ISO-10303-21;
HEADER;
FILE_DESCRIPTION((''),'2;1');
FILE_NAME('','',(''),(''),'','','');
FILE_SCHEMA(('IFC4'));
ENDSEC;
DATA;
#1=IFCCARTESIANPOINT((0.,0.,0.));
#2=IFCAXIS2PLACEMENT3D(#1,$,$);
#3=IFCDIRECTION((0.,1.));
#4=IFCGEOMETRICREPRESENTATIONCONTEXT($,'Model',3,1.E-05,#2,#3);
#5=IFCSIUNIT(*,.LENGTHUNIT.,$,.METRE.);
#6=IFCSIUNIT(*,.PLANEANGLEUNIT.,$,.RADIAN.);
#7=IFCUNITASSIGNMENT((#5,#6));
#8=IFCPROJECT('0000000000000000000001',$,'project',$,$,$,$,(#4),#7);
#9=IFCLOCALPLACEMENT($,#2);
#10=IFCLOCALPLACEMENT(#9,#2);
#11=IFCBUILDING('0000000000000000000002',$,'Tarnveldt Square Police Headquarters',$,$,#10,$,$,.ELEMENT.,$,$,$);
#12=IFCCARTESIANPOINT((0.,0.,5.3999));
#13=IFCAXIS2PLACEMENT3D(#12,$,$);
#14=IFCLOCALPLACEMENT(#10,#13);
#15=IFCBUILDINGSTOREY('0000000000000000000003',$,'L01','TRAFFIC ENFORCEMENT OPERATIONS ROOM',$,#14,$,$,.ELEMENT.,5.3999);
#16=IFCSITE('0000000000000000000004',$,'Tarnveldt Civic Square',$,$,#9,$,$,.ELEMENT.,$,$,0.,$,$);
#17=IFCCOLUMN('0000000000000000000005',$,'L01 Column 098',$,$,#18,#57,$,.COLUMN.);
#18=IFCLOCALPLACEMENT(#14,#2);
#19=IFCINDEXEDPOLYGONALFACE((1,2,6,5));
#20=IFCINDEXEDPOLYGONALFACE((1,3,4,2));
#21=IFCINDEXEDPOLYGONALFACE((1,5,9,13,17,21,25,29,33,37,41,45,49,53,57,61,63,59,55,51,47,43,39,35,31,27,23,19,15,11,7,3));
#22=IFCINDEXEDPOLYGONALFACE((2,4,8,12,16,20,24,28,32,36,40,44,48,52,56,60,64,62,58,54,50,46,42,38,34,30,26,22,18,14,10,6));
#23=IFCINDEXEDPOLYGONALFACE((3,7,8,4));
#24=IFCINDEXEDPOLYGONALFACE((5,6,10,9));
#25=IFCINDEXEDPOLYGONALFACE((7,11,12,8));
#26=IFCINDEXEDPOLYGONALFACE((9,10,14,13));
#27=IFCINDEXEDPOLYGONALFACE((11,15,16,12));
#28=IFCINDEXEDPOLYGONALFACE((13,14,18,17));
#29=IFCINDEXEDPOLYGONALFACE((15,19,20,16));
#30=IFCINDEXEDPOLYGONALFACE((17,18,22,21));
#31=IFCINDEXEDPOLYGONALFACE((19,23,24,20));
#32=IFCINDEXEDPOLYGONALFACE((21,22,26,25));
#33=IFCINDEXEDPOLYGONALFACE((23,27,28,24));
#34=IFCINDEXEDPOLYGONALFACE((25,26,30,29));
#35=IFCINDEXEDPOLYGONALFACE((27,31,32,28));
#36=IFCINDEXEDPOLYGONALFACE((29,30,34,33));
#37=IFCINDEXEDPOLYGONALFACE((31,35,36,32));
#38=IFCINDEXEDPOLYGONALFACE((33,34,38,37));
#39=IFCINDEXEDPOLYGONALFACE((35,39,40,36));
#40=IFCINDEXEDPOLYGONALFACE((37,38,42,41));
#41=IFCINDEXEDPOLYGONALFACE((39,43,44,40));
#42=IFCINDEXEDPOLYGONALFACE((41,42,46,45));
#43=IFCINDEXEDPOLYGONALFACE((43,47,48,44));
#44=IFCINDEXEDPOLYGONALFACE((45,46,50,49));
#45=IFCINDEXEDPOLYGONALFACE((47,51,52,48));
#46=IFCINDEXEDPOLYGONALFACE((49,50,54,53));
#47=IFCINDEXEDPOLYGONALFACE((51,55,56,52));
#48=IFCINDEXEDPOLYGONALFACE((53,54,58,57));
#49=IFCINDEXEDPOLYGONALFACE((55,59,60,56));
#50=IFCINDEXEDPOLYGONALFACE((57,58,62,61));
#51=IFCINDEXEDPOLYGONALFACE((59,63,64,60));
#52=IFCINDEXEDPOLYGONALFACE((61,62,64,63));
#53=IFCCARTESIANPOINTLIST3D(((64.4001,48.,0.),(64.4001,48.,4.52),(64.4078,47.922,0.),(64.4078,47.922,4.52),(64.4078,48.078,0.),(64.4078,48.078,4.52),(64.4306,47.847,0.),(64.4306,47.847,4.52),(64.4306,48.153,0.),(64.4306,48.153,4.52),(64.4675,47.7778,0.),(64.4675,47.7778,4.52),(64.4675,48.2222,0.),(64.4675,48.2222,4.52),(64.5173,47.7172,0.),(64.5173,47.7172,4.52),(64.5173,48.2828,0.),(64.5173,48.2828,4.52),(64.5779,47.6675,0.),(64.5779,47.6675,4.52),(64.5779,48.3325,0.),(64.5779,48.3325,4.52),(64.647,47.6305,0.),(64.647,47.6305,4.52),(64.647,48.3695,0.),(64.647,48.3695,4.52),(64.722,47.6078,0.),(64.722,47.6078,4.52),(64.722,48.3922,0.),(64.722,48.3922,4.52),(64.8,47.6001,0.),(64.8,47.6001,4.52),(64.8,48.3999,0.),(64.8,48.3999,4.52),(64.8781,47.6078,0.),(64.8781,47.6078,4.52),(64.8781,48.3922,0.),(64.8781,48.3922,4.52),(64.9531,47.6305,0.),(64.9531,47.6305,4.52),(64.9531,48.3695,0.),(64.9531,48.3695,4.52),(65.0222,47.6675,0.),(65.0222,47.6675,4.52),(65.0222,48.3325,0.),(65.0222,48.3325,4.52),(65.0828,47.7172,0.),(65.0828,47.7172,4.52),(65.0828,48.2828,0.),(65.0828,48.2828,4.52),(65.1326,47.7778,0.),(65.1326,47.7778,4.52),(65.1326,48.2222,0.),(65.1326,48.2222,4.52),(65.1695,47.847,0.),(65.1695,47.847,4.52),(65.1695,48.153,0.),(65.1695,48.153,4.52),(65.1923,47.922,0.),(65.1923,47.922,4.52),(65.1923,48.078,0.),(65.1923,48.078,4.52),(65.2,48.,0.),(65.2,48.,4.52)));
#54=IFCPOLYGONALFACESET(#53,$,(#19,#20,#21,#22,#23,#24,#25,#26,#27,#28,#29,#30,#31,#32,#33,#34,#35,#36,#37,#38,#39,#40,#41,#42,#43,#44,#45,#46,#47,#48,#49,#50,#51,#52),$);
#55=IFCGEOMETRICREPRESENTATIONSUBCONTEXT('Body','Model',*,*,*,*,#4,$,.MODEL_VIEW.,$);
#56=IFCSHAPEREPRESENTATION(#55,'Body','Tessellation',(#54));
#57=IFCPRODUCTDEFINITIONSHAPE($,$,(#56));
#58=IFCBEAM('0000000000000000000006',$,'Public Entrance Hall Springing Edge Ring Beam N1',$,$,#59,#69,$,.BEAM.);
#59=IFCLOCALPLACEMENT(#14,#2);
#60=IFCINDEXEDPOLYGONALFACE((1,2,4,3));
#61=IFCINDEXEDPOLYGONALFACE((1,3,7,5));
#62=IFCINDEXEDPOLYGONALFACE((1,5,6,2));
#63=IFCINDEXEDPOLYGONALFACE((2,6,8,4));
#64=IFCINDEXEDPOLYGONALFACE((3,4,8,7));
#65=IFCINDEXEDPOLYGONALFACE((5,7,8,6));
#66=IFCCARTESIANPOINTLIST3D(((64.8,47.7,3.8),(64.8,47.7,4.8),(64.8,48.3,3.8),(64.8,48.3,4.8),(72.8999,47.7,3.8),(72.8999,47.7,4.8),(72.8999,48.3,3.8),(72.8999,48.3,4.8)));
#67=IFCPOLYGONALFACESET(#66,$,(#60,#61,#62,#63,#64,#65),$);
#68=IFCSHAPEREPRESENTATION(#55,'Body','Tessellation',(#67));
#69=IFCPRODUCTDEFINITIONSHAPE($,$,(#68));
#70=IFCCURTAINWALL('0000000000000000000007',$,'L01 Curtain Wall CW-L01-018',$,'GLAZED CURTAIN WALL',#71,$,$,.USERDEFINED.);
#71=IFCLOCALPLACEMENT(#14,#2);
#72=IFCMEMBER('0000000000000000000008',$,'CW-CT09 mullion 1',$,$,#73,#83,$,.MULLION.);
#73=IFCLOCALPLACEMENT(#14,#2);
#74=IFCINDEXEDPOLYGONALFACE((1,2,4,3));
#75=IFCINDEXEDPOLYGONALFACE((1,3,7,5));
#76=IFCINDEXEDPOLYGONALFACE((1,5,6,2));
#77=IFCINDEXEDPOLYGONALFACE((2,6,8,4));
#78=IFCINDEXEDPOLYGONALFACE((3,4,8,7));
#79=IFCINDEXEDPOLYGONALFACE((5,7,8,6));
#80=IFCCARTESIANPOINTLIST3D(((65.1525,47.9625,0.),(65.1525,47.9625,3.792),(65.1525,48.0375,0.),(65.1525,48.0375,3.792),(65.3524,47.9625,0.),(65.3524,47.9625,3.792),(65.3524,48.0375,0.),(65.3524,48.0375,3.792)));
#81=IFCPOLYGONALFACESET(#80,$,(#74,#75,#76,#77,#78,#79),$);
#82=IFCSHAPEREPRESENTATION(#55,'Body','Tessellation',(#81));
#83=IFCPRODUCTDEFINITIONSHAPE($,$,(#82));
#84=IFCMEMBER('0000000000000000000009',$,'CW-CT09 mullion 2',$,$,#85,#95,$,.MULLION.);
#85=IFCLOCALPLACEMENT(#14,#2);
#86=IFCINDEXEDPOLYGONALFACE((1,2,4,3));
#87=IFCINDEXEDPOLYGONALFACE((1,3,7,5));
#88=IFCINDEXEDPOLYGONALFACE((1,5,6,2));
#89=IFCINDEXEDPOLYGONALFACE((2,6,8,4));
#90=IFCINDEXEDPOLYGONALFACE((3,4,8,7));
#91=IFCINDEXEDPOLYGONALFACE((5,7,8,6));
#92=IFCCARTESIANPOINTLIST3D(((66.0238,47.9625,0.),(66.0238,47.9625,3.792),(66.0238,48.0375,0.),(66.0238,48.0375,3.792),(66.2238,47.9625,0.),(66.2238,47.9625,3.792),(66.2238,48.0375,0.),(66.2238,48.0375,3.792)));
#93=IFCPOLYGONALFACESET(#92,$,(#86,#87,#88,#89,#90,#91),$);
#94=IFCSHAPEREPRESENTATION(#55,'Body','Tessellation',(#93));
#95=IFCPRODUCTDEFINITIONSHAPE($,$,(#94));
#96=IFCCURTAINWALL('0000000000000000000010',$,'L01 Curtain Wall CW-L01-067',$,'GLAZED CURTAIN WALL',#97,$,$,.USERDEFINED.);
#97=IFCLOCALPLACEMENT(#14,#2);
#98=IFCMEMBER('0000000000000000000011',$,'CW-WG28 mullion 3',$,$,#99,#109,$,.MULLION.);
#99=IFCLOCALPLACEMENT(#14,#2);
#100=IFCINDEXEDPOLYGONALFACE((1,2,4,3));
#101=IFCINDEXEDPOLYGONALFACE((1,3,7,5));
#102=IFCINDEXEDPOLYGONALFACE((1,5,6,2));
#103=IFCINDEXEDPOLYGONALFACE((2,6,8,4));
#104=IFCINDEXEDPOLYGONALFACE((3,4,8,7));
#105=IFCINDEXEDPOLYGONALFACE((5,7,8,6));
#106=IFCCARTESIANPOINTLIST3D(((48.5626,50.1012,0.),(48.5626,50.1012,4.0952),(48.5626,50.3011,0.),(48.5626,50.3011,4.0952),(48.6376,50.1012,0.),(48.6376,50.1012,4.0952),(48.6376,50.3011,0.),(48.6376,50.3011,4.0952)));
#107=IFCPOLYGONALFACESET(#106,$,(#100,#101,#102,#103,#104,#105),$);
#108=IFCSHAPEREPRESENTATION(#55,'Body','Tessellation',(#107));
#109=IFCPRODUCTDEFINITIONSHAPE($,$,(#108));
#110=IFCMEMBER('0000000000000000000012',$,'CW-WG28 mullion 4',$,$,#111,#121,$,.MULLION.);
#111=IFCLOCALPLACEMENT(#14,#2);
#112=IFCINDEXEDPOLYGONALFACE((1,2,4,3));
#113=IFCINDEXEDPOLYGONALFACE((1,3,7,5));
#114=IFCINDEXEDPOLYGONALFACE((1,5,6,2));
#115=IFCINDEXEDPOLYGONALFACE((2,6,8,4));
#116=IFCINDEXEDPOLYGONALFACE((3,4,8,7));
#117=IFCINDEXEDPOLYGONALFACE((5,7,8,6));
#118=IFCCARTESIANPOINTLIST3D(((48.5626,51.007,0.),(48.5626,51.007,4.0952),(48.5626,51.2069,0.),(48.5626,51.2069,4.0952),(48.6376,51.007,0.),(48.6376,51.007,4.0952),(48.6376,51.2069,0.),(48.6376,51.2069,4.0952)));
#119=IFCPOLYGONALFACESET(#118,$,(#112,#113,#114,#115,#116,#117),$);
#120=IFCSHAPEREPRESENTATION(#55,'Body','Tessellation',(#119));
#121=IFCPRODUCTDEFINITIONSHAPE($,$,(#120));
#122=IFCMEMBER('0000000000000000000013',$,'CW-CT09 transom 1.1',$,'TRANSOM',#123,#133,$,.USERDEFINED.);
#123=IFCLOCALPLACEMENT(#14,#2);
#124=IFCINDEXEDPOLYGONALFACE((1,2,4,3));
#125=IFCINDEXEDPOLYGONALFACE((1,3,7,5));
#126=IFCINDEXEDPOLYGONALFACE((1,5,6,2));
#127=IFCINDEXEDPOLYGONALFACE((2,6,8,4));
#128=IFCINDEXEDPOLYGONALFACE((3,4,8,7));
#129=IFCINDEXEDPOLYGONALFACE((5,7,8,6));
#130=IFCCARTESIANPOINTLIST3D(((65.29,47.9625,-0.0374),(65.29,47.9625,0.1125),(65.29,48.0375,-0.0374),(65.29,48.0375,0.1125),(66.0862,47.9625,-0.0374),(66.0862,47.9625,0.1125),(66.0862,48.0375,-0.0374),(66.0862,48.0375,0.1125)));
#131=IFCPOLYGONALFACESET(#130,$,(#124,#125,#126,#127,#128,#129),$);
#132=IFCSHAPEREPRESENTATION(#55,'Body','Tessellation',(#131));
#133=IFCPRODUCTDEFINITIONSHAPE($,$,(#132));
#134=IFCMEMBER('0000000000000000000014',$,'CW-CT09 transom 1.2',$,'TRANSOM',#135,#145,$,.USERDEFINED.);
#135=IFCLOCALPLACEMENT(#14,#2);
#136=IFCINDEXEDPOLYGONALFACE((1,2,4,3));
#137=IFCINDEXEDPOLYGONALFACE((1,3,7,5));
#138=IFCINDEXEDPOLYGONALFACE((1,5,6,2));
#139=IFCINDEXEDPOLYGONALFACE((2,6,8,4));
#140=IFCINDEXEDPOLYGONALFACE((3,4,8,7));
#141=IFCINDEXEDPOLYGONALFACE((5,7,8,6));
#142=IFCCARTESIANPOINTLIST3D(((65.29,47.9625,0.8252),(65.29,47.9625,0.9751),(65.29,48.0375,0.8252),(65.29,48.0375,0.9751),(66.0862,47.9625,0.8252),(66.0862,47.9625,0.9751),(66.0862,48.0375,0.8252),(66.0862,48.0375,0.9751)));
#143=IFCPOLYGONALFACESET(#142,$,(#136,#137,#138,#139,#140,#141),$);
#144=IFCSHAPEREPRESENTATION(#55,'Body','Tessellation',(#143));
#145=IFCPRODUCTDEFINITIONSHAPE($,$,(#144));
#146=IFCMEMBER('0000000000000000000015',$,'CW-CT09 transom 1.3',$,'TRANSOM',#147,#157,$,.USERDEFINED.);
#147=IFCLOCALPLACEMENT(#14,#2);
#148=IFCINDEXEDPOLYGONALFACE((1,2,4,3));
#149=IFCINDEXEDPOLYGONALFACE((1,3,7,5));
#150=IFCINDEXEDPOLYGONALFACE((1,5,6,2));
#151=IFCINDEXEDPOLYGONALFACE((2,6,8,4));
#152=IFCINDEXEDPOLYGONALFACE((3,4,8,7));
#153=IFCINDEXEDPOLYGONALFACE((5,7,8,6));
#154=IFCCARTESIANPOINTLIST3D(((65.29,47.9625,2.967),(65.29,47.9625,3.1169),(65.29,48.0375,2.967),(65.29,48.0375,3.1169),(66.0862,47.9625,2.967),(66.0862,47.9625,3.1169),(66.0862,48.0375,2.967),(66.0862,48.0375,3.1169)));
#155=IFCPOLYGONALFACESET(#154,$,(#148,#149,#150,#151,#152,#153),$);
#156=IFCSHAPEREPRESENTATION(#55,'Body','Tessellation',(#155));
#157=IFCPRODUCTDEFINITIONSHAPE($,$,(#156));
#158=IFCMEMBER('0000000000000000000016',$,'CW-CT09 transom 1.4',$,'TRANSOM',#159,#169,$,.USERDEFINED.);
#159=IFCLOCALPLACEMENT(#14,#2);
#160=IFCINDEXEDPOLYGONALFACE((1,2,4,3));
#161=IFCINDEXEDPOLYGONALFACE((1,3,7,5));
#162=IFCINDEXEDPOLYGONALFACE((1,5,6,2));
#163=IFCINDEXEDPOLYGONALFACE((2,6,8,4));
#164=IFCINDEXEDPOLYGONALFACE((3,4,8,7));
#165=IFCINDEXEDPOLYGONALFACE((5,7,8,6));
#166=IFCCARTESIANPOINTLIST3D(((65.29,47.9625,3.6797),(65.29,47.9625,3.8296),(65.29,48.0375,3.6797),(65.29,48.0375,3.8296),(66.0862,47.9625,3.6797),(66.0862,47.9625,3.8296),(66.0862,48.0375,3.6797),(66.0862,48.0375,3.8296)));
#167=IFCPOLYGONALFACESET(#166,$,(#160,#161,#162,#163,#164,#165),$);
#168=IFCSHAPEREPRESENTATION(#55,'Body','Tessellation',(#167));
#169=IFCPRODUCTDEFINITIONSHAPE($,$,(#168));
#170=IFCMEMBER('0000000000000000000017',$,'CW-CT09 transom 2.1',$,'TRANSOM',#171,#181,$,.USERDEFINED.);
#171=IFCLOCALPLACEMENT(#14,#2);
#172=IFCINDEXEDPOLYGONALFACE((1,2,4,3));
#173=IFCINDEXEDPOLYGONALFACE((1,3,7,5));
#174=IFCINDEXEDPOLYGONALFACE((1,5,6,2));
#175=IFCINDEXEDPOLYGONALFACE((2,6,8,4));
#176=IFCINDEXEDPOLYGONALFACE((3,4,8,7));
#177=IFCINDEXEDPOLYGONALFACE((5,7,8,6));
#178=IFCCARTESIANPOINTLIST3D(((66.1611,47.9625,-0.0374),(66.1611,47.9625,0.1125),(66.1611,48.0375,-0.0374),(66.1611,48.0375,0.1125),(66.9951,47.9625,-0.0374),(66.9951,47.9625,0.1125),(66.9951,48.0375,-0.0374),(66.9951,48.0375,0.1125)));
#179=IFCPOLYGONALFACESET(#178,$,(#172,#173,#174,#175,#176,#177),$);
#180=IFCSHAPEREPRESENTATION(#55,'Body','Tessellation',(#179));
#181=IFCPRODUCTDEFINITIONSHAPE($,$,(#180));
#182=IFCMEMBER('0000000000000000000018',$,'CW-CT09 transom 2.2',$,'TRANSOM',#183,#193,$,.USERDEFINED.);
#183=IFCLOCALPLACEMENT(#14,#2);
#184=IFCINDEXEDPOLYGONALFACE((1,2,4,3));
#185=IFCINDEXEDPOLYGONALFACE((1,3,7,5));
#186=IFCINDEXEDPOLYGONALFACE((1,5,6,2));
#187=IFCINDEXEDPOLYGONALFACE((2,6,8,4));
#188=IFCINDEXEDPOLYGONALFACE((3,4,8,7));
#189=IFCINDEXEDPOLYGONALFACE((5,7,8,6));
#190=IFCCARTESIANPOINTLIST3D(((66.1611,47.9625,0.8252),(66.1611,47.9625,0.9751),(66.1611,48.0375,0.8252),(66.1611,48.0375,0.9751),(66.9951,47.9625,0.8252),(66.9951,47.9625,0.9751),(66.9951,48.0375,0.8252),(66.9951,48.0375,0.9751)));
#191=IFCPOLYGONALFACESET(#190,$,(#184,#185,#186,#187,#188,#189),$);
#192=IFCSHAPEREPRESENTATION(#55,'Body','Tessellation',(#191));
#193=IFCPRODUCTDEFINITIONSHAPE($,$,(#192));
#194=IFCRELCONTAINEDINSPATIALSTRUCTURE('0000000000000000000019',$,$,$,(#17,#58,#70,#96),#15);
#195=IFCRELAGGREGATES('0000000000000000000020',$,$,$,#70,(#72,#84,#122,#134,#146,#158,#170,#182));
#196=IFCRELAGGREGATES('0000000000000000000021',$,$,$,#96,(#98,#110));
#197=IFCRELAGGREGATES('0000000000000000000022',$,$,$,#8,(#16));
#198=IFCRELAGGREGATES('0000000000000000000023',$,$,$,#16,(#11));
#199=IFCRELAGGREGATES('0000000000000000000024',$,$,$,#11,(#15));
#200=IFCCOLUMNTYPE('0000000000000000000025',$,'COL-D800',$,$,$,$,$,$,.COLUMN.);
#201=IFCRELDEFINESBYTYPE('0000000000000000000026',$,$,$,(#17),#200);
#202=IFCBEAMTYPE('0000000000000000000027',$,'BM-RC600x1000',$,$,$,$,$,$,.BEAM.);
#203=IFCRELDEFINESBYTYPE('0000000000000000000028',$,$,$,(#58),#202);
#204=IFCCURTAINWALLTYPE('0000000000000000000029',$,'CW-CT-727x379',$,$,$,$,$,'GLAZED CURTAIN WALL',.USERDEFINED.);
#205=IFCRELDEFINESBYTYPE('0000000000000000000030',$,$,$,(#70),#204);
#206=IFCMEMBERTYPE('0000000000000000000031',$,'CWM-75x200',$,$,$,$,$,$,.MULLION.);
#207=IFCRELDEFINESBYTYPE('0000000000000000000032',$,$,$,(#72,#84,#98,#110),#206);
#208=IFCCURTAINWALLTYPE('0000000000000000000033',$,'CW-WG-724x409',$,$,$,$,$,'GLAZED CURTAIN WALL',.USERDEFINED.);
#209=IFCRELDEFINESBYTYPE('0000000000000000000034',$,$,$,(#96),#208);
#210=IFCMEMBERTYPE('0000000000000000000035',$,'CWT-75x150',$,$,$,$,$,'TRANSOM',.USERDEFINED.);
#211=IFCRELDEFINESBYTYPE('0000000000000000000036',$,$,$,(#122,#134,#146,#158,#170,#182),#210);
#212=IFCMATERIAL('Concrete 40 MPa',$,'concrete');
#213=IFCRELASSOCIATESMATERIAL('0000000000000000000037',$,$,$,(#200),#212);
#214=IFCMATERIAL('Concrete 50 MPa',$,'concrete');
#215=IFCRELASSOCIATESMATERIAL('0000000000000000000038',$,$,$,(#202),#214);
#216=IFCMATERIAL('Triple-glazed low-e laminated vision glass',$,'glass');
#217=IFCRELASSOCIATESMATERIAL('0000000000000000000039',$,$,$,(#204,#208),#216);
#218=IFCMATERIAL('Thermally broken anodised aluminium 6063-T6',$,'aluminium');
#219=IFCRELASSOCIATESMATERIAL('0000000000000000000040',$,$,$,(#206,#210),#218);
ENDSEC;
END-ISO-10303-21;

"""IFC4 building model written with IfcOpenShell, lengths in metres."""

from ifc_helpers import new_model, si_unit, direction, frame, origin, origin_2d, place, context, subcontext, project, spatial, rectangle, circle, extrude, material, material_profile, profile_set, type_object, element, aggregate, save


model = new_model("IFC4")

# Units and contexts
model_context = context("Model", 3, precision=1e-05, world=origin(), true_north=direction((0.0, 1.0)))
body_context = subcontext(model_context, "Body", "Model", "MODEL_VIEW")
ifc_project = project(units=[si_unit("LENGTHUNIT", "METRE"), si_unit("PLANEANGLEUNIT", "RADIAN")], contexts=[model_context])

# Site, building, storey
site_placement = place(None, origin())
site = spatial("IfcSite", under=ifc_project, at=site_placement, Name="Tarnveldt Civic Square", CompositionType="ELEMENT", RefElevation=0.0)
building_placement = place(site_placement, origin())
building = spatial("IfcBuilding", under=site, at=building_placement, Name="Tarnveldt Square Police Headquarters", CompositionType="ELEMENT")
storey_placement = place(building_placement, frame((0.0, 0.0, 5.3999)))
storey = spatial("IfcBuildingStorey", under=building, at=storey_placement, Name="L01", Description="TRAFFIC ENFORCEMENT OPERATIONS ROOM", CompositionType="ELEMENT", Elevation=5.3999)

# Column
ifc_material_1 = material(Name="Concrete 40 MPa", Category="concrete")
ifc_material_profile_1 = material_profile(ifc_material_1, circle(Radius=0.3999, at=origin_2d()), Name="RC-D800")
ifc_profile_set_1 = profile_set([ifc_material_profile_1], Name="Concrete 40 MPa")
column_type = type_object("IfcColumnType", Name="COL-D800", PredefinedType="COLUMN", material=ifc_profile_set_1)
column_placement = place(storey_placement, frame((64.8, 48.0, 0.0), z_axis=(0.0, 0.0, 1.0), x_axis=(1.0, 0.0, 0.0)))
element("IfcColumn", 1, at=column_placement, inside=storey, type_object=column_type, Name="L01 Column 098", PredefinedType="COLUMN", context=body_context, shape_type="SweptSolid", body=[
    extrude(circle(Radius=0.3999, at=origin_2d()), origin(), (0.0, 0.0, 1.0), 4.52),
])

# Beam
ifc_material_2 = material(Name="Concrete 50 MPa", Category="concrete")
ifc_material_profile_2 = material_profile(ifc_material_2, rectangle(XDim=0.6001, YDim=1.0, at=origin_2d()), Name="RC-B600x1000")
ifc_profile_set_2 = profile_set([ifc_material_profile_2], Name="Concrete 50 MPa")
beam_type = type_object("IfcBeamType", Name="BM-RC600x1000", PredefinedType="BEAM", material=ifc_profile_set_2)
beam_placement = place(storey_placement, frame((64.8, 48.0, 4.3), z_axis=(1.0, 0.0, 0.0), x_axis=(0.0, 1.0, 0.0)))
element("IfcBeam", 2, at=beam_placement, inside=storey, type_object=beam_type, Name="Public Entrance Hall Springing Edge Ring Beam N1", PredefinedType="BEAM", context=body_context, shape_type="SweptSolid", body=[
    extrude(rectangle(XDim=0.6001, YDim=1.0, at=origin_2d()), origin(), (0.0, 0.0, 1.0), 8.0999),
])

# Curtain walls, members
ifc_material_3 = material(Name="Triple-glazed low-e laminated vision glass", Category="glass")
curtain_wall_type_1 = type_object("IfcCurtainWallType", Name="CW-CT-727x379", ElementType="GLAZED CURTAIN WALL", PredefinedType="USERDEFINED", material=ifc_material_3)
curtain_wall_1_placement = place(storey_placement, origin())
curtain_wall_1 = element("IfcCurtainWall", 3, at=curtain_wall_1_placement, inside=storey, type_object=curtain_wall_type_1, Name="L01 Curtain Wall CW-L01-018", ObjectType="GLAZED CURTAIN WALL", PredefinedType="USERDEFINED")
ifc_material_4 = material(Name="Thermally broken anodised aluminium 6063-T6", Category="aluminium")
ifc_material_profile_3 = material_profile(ifc_material_4, rectangle(XDim=0.075, YDim=0.2, at=origin_2d()), Name="CW-M75x200")
ifc_profile_set_3 = profile_set([ifc_material_profile_3], Name="Thermally broken anodised aluminium 6063-T6")
member_type_1 = type_object("IfcMemberType", Name="CWM-75x200", PredefinedType="MULLION", material=ifc_profile_set_3)
member_1_placement = place(storey_placement, frame((65.2524, 48.0, 0.0), z_axis=(0.0, 0.0, 1.0), x_axis=(0.0, 1.0, 0.0)))
member_1 = element("IfcMember", 4, at=member_1_placement, type_object=member_type_1, Name="CW-CT09 mullion 1", PredefinedType="MULLION", context=body_context, shape_type="SweptSolid", body=[
    extrude(rectangle(XDim=0.075, YDim=0.2, at=origin_2d()), origin(), (0.0, 0.0, 1.0), 3.792),
])
member_2_placement = place(storey_placement, frame((66.1238, 48.0, 0.0), z_axis=(0.0, 0.0, 1.0), x_axis=(0.0, 1.0, 0.0)))
member_2 = element("IfcMember", 5, at=member_2_placement, type_object=member_type_1, Name="CW-CT09 mullion 2", PredefinedType="MULLION", context=body_context, shape_type="SweptSolid", body=[
    extrude(rectangle(XDim=0.075, YDim=0.2, at=origin_2d()), origin(), (0.0, 0.0, 1.0), 3.792),
])
curtain_wall_type_2 = type_object("IfcCurtainWallType", Name="CW-WG-724x409", ElementType="GLAZED CURTAIN WALL", PredefinedType="USERDEFINED", material=ifc_material_3)
curtain_wall_2_placement = place(storey_placement, origin())
curtain_wall_2 = element("IfcCurtainWall", 6, at=curtain_wall_2_placement, inside=storey, type_object=curtain_wall_type_2, Name="L01 Curtain Wall CW-L01-067", ObjectType="GLAZED CURTAIN WALL", PredefinedType="USERDEFINED")
member_3_placement = place(storey_placement, frame((48.6001, 50.2012, 0.0), z_axis=(0.0, 0.0, 1.0), x_axis=(-1.0, 0.0, 0.0)))
member_3 = element("IfcMember", 7, at=member_3_placement, type_object=member_type_1, Name="CW-WG28 mullion 3", PredefinedType="MULLION", context=body_context, shape_type="SweptSolid", body=[
    extrude(rectangle(XDim=0.075, YDim=0.2, at=origin_2d()), origin(), (0.0, 0.0, 1.0), 4.0952),
])
member_4_placement = place(storey_placement, frame((48.6001, 51.1069, 0.0), z_axis=(0.0, 0.0, 1.0), x_axis=(-1.0, 0.0, 0.0)))
member_4 = element("IfcMember", 8, at=member_4_placement, type_object=member_type_1, Name="CW-WG28 mullion 4", PredefinedType="MULLION", context=body_context, shape_type="SweptSolid", body=[
    extrude(rectangle(XDim=0.075, YDim=0.2, at=origin_2d()), origin(), (0.0, 0.0, 1.0), 4.0952),
])

# Members
ifc_material_profile_4 = material_profile(ifc_material_4, rectangle(XDim=0.075, YDim=0.1499, at=origin_2d()), Name="CW-T75x150")
ifc_profile_set_4 = profile_set([ifc_material_profile_4], Name="Thermally broken anodised aluminium 6063-T6")
member_type_2 = type_object("IfcMemberType", Name="CWT-75x150", ElementType="TRANSOM", PredefinedType="USERDEFINED", material=ifc_profile_set_4)
member_5_placement = place(storey_placement, frame((65.29, 48.0, 0.0376), z_axis=(1.0, 0.0, 0.0), x_axis=(0.0, 1.0, 0.0)))
member_5 = element("IfcMember", 9, at=member_5_placement, type_object=member_type_2, Name="CW-CT09 transom 1.1", ObjectType="TRANSOM", PredefinedType="USERDEFINED", context=body_context, shape_type="SweptSolid", body=[
    extrude(rectangle(XDim=0.075, YDim=0.1499, at=origin_2d()), origin(), (0.0, 0.0, 1.0), 0.7961),
])
member_6_placement = place(storey_placement, frame((65.29, 48.0, 0.9001), z_axis=(1.0, 0.0, 0.0), x_axis=(0.0, 1.0, 0.0)))
member_6 = element("IfcMember", 10, at=member_6_placement, type_object=member_type_2, Name="CW-CT09 transom 1.2", ObjectType="TRANSOM", PredefinedType="USERDEFINED", context=body_context, shape_type="SweptSolid", body=[
    extrude(rectangle(XDim=0.075, YDim=0.1499, at=origin_2d()), origin(), (0.0, 0.0, 1.0), 0.7961),
])
member_7_placement = place(storey_placement, frame((65.29, 48.0, 3.042), z_axis=(1.0, 0.0, 0.0), x_axis=(0.0, 1.0, 0.0)))
member_7 = element("IfcMember", 11, at=member_7_placement, type_object=member_type_2, Name="CW-CT09 transom 1.3", ObjectType="TRANSOM", PredefinedType="USERDEFINED", context=body_context, shape_type="SweptSolid", body=[
    extrude(rectangle(XDim=0.075, YDim=0.1499, at=origin_2d()), origin(), (0.0, 0.0, 1.0), 0.7961),
])
member_8_placement = place(storey_placement, frame((65.29, 48.0, 3.7546), z_axis=(1.0, 0.0, 0.0), x_axis=(0.0, 1.0, 0.0)))
member_8 = element("IfcMember", 12, at=member_8_placement, type_object=member_type_2, Name="CW-CT09 transom 1.4", ObjectType="TRANSOM", PredefinedType="USERDEFINED", context=body_context, shape_type="SweptSolid", body=[
    extrude(rectangle(XDim=0.075, YDim=0.1499, at=origin_2d()), origin(), (0.0, 0.0, 1.0), 0.7961),
])
member_9_placement = place(storey_placement, frame((66.1611, 48.0, 0.0376), z_axis=(1.0, 0.0, 0.0), x_axis=(0.0, 1.0, 0.0)))
member_9 = element("IfcMember", 13, at=member_9_placement, type_object=member_type_2, Name="CW-CT09 transom 2.1", ObjectType="TRANSOM", PredefinedType="USERDEFINED", context=body_context, shape_type="SweptSolid", body=[
    extrude(rectangle(XDim=0.075, YDim=0.1499, at=origin_2d()), origin(), (0.0, 0.0, 1.0), 0.834),
])
member_10_placement = place(storey_placement, frame((66.1611, 48.0, 0.9001), z_axis=(1.0, 0.0, 0.0), x_axis=(0.0, 1.0, 0.0)))
member_10 = element("IfcMember", 14, at=member_10_placement, type_object=member_type_2, Name="CW-CT09 transom 2.2", ObjectType="TRANSOM", PredefinedType="USERDEFINED", context=body_context, shape_type="SweptSolid", body=[
    extrude(rectangle(XDim=0.075, YDim=0.1499, at=origin_2d()), origin(), (0.0, 0.0, 1.0), 0.834),
])

aggregate(curtain_wall_1, [member_1, member_2, member_5, member_6, member_7, member_8, member_9, member_10])
aggregate(curtain_wall_2, [member_3, member_4])

save(model, "model.ifc")
